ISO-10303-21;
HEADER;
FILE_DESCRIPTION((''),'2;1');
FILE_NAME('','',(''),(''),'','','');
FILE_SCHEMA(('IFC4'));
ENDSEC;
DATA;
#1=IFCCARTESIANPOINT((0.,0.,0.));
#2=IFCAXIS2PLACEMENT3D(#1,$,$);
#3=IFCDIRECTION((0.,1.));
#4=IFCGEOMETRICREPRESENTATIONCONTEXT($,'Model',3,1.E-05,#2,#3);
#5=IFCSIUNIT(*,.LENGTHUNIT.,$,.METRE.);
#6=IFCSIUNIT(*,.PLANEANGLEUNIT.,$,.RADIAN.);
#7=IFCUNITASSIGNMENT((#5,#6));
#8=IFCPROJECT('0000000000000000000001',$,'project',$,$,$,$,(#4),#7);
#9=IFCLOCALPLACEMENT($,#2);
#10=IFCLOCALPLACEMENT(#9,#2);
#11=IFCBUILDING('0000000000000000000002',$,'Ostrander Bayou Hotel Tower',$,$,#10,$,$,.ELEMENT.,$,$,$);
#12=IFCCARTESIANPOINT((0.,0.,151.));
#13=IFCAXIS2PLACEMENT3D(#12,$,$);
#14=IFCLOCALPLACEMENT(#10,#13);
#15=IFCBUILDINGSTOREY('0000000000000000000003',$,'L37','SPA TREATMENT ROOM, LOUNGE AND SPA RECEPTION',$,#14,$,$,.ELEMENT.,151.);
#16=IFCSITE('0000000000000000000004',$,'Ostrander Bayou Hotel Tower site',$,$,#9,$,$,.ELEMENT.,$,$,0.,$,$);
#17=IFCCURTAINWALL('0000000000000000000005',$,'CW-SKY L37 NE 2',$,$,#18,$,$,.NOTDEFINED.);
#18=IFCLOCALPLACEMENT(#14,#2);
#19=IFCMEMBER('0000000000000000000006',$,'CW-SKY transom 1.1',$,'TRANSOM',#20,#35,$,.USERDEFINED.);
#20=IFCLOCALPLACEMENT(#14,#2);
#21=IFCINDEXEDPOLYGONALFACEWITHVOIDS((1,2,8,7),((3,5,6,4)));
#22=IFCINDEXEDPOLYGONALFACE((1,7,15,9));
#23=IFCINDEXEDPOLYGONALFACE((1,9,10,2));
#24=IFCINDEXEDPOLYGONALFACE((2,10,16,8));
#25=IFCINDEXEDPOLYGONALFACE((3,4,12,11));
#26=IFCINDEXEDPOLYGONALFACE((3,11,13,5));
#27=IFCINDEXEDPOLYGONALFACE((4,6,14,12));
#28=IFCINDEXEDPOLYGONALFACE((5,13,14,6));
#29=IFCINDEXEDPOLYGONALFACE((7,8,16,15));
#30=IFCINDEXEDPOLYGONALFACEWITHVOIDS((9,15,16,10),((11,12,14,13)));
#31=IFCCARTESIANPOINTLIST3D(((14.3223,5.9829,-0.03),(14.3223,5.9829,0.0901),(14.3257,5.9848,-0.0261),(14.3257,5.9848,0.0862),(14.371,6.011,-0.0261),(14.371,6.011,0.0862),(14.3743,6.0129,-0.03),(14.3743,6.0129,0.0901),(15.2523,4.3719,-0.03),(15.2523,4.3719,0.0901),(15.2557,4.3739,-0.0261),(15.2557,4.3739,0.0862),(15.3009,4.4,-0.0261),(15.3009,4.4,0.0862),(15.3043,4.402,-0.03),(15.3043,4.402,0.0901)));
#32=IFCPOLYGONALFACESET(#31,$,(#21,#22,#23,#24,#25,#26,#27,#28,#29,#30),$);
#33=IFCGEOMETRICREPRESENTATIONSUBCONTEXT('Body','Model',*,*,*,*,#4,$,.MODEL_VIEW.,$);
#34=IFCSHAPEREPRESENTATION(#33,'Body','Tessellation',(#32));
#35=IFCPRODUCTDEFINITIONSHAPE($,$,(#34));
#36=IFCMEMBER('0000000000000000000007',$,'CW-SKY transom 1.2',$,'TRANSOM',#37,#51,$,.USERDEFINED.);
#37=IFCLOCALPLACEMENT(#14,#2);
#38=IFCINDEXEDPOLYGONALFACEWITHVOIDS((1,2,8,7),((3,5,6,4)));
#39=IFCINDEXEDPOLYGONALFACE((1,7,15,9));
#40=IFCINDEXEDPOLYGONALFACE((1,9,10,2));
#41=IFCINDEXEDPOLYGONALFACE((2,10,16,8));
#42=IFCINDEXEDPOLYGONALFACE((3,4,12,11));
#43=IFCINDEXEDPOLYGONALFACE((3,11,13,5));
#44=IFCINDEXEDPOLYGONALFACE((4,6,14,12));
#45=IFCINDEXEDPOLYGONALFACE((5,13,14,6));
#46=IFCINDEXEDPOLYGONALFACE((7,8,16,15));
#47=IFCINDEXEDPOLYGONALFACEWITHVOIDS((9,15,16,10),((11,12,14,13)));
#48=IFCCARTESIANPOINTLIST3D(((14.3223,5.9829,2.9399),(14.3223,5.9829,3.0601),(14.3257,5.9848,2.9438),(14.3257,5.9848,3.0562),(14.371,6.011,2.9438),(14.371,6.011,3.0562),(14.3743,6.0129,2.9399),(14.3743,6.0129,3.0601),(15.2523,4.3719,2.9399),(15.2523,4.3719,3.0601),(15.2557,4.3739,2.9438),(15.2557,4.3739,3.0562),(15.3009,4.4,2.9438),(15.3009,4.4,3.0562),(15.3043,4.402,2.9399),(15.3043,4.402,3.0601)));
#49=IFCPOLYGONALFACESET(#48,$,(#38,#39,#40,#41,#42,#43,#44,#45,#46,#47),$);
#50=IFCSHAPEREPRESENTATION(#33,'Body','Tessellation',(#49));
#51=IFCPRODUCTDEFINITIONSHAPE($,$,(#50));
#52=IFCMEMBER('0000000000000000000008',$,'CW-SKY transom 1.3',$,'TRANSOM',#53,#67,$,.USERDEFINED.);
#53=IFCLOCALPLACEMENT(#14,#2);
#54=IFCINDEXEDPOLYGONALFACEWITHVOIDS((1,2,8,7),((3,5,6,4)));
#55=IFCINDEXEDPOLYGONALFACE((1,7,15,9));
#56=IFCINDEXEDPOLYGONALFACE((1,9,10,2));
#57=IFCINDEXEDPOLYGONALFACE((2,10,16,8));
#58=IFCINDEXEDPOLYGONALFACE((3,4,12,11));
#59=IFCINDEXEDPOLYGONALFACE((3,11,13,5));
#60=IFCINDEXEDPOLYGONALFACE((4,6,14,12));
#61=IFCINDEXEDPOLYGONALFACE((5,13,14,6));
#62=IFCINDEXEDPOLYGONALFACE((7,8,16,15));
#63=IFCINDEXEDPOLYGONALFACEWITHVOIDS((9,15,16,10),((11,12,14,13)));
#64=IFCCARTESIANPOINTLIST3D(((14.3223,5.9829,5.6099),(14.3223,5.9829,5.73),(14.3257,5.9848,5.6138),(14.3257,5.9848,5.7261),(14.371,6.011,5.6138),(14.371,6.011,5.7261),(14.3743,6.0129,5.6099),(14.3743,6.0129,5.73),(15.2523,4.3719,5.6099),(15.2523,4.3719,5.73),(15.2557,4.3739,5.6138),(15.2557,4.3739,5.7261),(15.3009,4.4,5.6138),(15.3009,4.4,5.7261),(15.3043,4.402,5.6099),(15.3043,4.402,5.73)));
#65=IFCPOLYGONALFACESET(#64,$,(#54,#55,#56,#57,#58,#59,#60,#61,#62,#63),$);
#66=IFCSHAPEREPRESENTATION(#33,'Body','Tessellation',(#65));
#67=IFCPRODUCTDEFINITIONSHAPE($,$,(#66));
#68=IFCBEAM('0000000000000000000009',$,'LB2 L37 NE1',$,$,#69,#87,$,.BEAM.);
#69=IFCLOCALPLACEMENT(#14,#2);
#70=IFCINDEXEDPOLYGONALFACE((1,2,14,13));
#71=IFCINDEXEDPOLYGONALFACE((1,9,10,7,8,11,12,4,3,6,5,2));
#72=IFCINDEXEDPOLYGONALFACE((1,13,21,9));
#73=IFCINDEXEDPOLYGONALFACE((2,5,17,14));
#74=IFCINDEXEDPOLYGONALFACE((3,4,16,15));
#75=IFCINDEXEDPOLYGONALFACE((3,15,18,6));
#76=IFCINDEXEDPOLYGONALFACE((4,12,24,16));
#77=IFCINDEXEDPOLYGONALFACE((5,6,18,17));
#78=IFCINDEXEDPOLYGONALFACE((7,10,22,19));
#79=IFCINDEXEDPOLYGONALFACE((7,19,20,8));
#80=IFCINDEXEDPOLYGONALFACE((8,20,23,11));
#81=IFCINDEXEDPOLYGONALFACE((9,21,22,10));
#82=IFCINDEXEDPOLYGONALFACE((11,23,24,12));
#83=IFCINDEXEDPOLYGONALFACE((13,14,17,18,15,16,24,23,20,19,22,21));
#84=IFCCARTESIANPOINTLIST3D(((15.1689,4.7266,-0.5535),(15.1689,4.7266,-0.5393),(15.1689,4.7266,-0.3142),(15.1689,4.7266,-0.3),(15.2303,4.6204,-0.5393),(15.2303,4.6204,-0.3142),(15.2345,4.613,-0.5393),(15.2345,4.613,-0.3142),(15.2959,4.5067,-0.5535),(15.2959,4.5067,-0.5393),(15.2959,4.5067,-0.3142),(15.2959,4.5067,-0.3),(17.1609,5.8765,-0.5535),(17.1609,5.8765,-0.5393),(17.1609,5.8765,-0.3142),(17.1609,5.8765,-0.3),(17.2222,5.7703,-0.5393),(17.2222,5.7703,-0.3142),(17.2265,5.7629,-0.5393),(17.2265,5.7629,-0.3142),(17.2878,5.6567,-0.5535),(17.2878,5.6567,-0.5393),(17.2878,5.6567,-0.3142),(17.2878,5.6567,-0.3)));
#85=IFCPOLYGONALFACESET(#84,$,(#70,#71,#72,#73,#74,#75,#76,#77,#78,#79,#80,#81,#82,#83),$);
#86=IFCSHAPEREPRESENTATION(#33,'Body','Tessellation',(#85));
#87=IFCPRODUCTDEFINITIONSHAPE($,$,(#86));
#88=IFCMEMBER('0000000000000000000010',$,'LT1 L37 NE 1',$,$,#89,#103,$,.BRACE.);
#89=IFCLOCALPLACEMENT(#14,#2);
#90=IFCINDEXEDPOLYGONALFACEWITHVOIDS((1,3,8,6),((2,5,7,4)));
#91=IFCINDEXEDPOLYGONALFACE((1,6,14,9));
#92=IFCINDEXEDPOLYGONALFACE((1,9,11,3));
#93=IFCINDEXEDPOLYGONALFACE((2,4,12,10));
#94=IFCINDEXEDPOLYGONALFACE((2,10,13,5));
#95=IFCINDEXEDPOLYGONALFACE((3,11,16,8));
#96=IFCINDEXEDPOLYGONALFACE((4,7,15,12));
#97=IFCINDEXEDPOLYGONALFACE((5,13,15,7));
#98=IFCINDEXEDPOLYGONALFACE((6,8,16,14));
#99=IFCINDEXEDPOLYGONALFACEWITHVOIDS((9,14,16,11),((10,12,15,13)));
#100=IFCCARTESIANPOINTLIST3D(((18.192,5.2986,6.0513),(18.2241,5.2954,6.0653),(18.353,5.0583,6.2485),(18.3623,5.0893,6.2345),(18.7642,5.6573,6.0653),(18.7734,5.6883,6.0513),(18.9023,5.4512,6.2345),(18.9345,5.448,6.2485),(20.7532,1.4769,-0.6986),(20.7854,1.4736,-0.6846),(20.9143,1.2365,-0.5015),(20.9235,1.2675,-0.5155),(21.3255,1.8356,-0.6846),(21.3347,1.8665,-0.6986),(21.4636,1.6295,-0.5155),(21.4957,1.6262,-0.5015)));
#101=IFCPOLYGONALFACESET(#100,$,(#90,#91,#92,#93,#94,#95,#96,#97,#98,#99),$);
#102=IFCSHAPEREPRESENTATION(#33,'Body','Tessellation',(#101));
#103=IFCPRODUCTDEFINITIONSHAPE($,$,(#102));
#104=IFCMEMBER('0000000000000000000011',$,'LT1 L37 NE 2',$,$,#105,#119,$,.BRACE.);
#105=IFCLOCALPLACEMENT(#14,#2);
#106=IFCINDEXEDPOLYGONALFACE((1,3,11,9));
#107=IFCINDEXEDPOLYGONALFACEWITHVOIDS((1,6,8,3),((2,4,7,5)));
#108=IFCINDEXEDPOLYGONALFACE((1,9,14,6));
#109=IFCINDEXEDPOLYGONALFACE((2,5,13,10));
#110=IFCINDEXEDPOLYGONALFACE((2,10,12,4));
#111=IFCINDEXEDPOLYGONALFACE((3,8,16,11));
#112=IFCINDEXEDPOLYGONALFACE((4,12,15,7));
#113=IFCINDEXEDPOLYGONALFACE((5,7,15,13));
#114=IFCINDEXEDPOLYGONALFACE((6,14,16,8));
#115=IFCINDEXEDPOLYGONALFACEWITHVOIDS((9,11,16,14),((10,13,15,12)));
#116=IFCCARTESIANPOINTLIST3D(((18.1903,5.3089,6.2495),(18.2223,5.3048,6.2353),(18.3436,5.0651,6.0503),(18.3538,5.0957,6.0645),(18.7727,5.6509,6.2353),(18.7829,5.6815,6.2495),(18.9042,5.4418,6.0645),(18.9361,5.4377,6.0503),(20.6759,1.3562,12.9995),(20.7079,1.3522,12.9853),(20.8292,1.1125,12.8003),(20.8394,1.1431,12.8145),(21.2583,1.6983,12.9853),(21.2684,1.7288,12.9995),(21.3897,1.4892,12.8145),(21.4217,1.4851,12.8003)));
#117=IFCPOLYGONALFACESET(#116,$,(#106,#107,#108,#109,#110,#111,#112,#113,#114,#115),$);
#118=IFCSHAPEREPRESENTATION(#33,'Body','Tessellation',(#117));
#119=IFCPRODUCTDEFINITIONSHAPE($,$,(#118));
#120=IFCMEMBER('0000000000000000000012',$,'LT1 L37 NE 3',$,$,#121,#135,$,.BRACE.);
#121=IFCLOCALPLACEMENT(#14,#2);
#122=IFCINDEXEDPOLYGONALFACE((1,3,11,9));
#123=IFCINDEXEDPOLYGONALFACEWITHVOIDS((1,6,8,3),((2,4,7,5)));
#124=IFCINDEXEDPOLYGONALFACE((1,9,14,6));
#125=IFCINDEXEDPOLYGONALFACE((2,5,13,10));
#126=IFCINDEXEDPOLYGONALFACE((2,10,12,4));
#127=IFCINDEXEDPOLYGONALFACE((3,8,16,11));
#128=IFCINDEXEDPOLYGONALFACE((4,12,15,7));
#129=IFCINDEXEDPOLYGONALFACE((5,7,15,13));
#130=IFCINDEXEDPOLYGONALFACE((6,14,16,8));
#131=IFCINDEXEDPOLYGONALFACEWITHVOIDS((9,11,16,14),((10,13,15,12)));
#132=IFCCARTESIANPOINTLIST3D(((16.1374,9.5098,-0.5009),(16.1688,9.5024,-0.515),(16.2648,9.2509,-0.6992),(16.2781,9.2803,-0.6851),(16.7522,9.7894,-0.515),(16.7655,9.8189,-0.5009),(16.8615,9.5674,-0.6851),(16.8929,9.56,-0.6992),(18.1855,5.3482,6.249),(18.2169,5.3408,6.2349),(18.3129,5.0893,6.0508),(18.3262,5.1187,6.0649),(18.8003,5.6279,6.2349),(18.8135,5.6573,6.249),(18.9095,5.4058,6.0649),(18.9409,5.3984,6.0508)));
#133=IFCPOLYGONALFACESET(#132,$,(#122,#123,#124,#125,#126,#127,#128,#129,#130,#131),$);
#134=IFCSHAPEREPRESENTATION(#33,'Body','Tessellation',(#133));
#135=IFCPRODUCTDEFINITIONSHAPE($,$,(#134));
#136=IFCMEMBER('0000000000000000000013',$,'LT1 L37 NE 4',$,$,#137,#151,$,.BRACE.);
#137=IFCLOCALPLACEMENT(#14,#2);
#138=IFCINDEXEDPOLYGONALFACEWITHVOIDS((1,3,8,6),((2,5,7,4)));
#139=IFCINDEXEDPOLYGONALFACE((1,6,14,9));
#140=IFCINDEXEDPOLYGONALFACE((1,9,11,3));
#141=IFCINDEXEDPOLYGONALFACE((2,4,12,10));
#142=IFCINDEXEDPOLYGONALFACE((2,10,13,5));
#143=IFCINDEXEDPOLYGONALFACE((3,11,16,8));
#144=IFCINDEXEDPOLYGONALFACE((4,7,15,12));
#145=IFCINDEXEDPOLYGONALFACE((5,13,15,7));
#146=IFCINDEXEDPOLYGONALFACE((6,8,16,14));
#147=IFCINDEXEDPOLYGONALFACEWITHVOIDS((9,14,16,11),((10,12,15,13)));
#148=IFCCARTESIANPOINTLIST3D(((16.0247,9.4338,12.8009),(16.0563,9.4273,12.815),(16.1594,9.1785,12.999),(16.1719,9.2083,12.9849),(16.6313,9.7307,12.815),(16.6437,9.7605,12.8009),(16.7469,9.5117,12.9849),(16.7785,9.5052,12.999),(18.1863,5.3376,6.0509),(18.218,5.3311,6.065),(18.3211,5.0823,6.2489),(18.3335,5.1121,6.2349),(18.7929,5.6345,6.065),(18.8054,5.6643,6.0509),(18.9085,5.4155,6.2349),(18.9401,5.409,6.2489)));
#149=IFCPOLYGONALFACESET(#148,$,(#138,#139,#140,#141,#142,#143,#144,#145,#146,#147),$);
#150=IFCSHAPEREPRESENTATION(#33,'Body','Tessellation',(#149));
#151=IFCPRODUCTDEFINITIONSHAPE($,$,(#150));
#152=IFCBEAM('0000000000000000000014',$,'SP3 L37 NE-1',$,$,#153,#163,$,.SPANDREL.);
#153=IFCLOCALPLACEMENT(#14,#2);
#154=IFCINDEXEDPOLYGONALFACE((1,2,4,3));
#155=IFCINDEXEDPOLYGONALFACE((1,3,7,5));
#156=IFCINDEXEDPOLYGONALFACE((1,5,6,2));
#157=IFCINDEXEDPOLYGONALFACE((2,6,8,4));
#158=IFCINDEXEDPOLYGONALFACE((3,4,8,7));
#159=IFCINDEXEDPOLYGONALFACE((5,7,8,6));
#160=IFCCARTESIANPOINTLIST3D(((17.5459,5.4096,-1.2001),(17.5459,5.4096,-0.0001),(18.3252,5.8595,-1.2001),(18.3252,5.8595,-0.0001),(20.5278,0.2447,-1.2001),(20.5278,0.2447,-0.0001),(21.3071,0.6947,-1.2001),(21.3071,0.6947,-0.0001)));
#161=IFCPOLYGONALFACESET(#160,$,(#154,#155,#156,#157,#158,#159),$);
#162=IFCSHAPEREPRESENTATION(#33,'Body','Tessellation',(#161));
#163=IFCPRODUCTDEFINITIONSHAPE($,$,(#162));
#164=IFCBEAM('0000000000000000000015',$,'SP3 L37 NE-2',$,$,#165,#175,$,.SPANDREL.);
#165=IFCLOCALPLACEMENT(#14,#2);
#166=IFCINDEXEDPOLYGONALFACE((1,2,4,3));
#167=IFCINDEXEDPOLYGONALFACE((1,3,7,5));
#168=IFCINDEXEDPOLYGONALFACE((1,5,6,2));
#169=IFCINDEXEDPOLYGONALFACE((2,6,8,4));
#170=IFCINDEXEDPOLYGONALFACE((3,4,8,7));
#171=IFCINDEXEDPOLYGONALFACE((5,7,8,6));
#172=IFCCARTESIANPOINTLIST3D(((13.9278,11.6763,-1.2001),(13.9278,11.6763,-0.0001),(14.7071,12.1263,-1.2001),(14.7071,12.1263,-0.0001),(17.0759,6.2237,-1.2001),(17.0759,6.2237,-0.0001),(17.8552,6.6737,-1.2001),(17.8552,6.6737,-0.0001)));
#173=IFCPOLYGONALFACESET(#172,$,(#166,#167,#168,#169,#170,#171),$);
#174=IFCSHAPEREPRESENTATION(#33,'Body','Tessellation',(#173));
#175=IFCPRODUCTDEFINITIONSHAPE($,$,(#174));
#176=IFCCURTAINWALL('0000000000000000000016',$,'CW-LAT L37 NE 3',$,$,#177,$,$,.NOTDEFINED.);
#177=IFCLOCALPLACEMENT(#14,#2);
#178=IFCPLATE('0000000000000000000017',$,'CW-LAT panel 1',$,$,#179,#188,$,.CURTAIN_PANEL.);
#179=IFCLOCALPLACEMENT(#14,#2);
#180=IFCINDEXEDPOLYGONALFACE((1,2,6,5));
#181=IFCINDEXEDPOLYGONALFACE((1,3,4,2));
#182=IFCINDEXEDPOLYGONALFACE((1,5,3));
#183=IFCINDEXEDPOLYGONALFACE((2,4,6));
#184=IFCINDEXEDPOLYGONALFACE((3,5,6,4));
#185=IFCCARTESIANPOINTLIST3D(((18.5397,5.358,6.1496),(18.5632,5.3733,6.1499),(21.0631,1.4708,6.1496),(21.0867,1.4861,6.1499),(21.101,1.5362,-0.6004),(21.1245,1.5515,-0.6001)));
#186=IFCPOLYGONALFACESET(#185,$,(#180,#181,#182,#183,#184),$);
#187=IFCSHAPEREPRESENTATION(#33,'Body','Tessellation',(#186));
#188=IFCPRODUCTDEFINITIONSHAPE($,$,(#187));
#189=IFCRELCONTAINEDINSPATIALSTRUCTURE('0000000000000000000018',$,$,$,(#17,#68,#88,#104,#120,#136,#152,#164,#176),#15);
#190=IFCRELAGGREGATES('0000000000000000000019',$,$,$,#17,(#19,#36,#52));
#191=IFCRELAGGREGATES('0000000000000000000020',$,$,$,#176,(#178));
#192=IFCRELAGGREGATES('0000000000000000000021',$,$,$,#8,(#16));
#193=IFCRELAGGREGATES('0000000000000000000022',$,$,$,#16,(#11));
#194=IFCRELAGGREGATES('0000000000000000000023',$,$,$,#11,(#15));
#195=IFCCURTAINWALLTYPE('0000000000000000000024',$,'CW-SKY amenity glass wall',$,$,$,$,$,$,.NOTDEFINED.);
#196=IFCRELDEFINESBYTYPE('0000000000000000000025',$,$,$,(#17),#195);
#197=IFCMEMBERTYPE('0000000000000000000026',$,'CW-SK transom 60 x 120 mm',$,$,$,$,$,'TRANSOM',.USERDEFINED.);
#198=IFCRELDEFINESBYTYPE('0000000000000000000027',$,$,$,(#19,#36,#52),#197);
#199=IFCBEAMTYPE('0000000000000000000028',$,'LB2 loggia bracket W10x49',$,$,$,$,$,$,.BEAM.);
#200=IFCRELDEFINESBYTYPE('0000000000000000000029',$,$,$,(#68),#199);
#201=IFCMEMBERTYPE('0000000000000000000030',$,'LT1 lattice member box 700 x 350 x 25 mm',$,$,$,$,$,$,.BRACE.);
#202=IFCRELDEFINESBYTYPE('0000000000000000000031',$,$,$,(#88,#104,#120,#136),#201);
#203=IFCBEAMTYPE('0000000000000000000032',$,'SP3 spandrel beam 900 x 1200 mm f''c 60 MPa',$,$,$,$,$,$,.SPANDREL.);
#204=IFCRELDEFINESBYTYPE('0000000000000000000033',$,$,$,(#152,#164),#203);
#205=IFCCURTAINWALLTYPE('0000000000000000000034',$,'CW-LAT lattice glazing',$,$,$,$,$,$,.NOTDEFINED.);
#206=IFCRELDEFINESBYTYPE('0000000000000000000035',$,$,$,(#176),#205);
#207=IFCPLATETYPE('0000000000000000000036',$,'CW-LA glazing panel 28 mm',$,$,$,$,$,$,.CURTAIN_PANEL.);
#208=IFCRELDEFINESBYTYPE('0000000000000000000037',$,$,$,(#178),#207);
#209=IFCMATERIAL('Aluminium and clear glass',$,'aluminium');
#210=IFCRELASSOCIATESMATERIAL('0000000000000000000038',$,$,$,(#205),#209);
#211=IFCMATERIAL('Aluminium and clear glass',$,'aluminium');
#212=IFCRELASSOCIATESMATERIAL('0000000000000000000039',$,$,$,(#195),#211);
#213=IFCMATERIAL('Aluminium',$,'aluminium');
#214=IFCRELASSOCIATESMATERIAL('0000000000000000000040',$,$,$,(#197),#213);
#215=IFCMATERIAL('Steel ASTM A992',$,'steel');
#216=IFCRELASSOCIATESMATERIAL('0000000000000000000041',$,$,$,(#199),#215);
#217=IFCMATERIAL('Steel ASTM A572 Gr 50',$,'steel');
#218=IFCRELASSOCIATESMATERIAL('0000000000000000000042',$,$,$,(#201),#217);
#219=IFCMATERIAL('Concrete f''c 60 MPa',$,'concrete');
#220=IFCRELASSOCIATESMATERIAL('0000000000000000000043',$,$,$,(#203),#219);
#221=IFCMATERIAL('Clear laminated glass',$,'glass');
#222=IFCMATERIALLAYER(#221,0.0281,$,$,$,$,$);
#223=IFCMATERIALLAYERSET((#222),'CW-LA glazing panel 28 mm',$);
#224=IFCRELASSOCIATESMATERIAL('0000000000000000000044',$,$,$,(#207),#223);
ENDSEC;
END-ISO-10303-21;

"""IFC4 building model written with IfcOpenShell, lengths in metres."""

from ifc_helpers import new_model, si_unit, direction, frame, origin, origin_2d, place, context, subcontext, project, spatial, polyline, rectangle, hollow_rectangle, i_section, outline, extrude, material, layer, layer_set, material_profile, profile_set, type_object, element, aggregate, save


model = new_model("IFC4")

# Units and contexts
model_context = context("Model", 3, precision=1e-05, world=origin(), true_north=direction((0.0, 1.0)))
body_context = subcontext(model_context, "Body", "Model", "MODEL_VIEW")
ifc_project = project(units=[si_unit("LENGTHUNIT", "METRE"), si_unit("PLANEANGLEUNIT", "RADIAN")], contexts=[model_context])

# Site, building, storey
site_placement = place(None, origin())
site = spatial("IfcSite", under=ifc_project, at=site_placement, Name="Ostrander Bayou Hotel Tower site", CompositionType="ELEMENT", RefElevation=0.0)
building_placement = place(site_placement, origin())
building = spatial("IfcBuilding", under=site, at=building_placement, Name="Ostrander Bayou Hotel Tower", CompositionType="ELEMENT")
storey_placement = place(building_placement, frame((0.0, 0.0, 151.0)))
storey = spatial("IfcBuildingStorey", under=building, at=storey_placement, Name="L37", Description="SPA TREATMENT ROOM, LOUNGE AND SPA RECEPTION", CompositionType="ELEMENT", Elevation=151.0)

# Shared definitions
ifc_material_1 = material(Name="Aluminium and clear glass", Category="aluminium")
curtain_wall_type_1 = type_object("IfcCurtainWallType", Name="CW-LAT lattice glazing", PredefinedType="NOTDEFINED", material=ifc_material_1)

# Curtain wall, members
ifc_material_2 = material(Name="Aluminium and clear glass", Category="aluminium")
curtain_wall_type_2 = type_object("IfcCurtainWallType", Name="CW-SKY amenity glass wall", PredefinedType="NOTDEFINED", material=ifc_material_2)
curtain_wall_1_placement = place(storey_placement, origin())
curtain_wall_1 = element("IfcCurtainWall", 1, at=curtain_wall_1_placement, inside=storey, type_object=curtain_wall_type_2, Name="CW-SKY L37 NE 2", PredefinedType="NOTDEFINED")
ifc_material_3 = material(Name="Aluminium", Category="aluminium")
ifc_material_profile_1 = material_profile(ifc_material_3, hollow_rectangle(XDim=0.0601, YDim=0.1201, WallThickness=0.0039, at=origin_2d()))
ifc_profile_set_1 = profile_set([ifc_material_profile_1], Name="Aluminium")
member_type_1 = type_object("IfcMemberType", Name="CW-SK transom 60 x 120 mm", ElementType="TRANSOM", PredefinedType="USERDEFINED", material=ifc_profile_set_1)
member_1_placement = place(storey_placement, frame((15.2783, 4.387, 0.03), z_axis=(-0.499965, 0.866046, 0.0), x_axis=(-0.866046, -0.499965, 0.0)))
member_1 = element("IfcMember", 2, at=member_1_placement, type_object=member_type_1, Name="CW-SKY transom 1.1", ObjectType="TRANSOM", PredefinedType="USERDEFINED", context=body_context, shape_type="SweptSolid", body=[
    extrude(hollow_rectangle(XDim=0.0601, YDim=0.1201, WallThickness=0.0039, at=origin_2d()), origin(), (0.0, 0.0, 1.0), 1.8601),
])
member_2_placement = place(storey_placement, frame((15.2783, 4.387, 3.0), z_axis=(-0.499965, 0.866046, 0.0), x_axis=(-0.866046, -0.499965, 0.0)))
member_2 = element("IfcMember", 3, at=member_2_placement, type_object=member_type_1, Name="CW-SKY transom 1.2", ObjectType="TRANSOM", PredefinedType="USERDEFINED", context=body_context, shape_type="SweptSolid", body=[
    extrude(hollow_rectangle(XDim=0.0601, YDim=0.1201, WallThickness=0.0039, at=origin_2d()), origin(), (0.0, 0.0, 1.0), 1.8601),
])
member_3_placement = place(storey_placement, frame((15.2783, 4.387, 5.6699), z_axis=(-0.499965, 0.866046, 0.0), x_axis=(-0.866046, -0.499965, 0.0)))
member_3 = element("IfcMember", 4, at=member_3_placement, type_object=member_type_1, Name="CW-SKY transom 1.3", ObjectType="TRANSOM", PredefinedType="USERDEFINED", context=body_context, shape_type="SweptSolid", body=[
    extrude(hollow_rectangle(XDim=0.0601, YDim=0.1201, WallThickness=0.0039, at=origin_2d()), origin(), (0.0, 0.0, 1.0), 1.8601),
])
aggregate(curtain_wall_1, [member_1, member_2, member_3])

# Beam
ifc_material_4 = material(Name="Steel ASTM A992", Category="steel")
ifc_material_profile_2 = material_profile(ifc_material_4, i_section(OverallWidth=0.2539, OverallDepth=0.2534, WebThickness=0.0085, FlangeThickness=0.0142, at=origin_2d()))
ifc_profile_set_2 = profile_set([ifc_material_profile_2], Name="Steel ASTM A992")
beam_type_1 = type_object("IfcBeamType", Name="LB2 loggia bracket W10x49", PredefinedType="BEAM", material=ifc_profile_set_2)
beam_1_placement = place(storey_placement, frame((17.2244, 5.7666, -0.4268), z_axis=(-0.866053, -0.499952, 0.0), x_axis=(0.499952, -0.866053, 0.0)))
element("IfcBeam", 5, at=beam_1_placement, inside=storey, type_object=beam_type_1, Name="LB2 L37 NE1", PredefinedType="BEAM", context=body_context, shape_type="SweptSolid", body=[
    extrude(i_section(OverallWidth=0.2539, OverallDepth=0.2534, WebThickness=0.0085, FlangeThickness=0.0142, at=origin_2d()), origin(), (0.0, 0.0, 1.0), 2.3),
])

# Members
ifc_material_5 = material(Name="Steel ASTM A572 Gr 50", Category="steel")
ifc_material_profile_3 = material_profile(ifc_material_5, hollow_rectangle(XDim=0.7, YDim=0.3501, WallThickness=0.0249, at=origin_2d()))
ifc_profile_set_3 = profile_set([ifc_material_profile_3], Name="Steel ASTM A572 Gr 50")
member_type_2 = type_object("IfcMemberType", Name="LT1 lattice member box 700 x 350 x 25 mm", PredefinedType="BRACE", material=ifc_profile_set_3)
member_4_placement = place(storey_placement, frame((18.5632, 5.3733, 6.1499), z_axis=(0.313546, -0.467853, -0.826319), x_axis=(0.830701, 0.556719, 0.0)))
element("IfcMember", 6, at=member_4_placement, inside=storey, type_object=member_type_2, Name="LT1 L37 NE 1", PredefinedType="BRACE", context=body_context, shape_type="SweptSolid", body=[
    extrude(hollow_rectangle(XDim=0.7, YDim=0.3501, WallThickness=0.0249, at=origin_2d()), origin(), (0.0, 0.0, 1.0), 8.1687),
])
member_5_placement = place(storey_placement, frame((18.5632, 5.3733, 6.1499), z_axis=(0.302842, -0.481585, 0.822413), x_axis=(0.846532, 0.532338, 0.0)))
element("IfcMember", 7, at=member_5_placement, inside=storey, type_object=member_type_2, Name="LT1 L37 NE 2", PredefinedType="BRACE", context=body_context, shape_type="SweptSolid", body=[
    extrude(hollow_rectangle(XDim=0.7, YDim=0.3501, WallThickness=0.0249, at=origin_2d()), origin(), (0.0, 0.0, 1.0), 8.2075),
])
member_6_placement = place(storey_placement, frame((18.5632, 5.3733, 6.1499), z_axis=(-0.250072, 0.508134, -0.824175), x_axis=(-0.897231, -0.441562, 0.0)))
element("IfcMember", 8, at=member_6_placement, inside=storey, type_object=member_type_2, Name="LT1 L37 NE 3", PredefinedType="BRACE", context=body_context, shape_type="SweptSolid", body=[
    extrude(hollow_rectangle(XDim=0.7, YDim=0.3501, WallThickness=0.0249, at=origin_2d()), origin(), (0.0, 0.0, 1.0), 8.1899),
])
member_7_placement = place(storey_placement, frame((18.5632, 5.3733, 6.1499), z_axis=(-0.264057, 0.500378, 0.824558), x_axis=(-0.884408, -0.466715, 0.0)))
element("IfcMember", 9, at=member_7_placement, inside=storey, type_object=member_type_2, Name="LT1 L37 NE 4", PredefinedType="BRACE", context=body_context, shape_type="SweptSolid", body=[
    extrude(hollow_rectangle(XDim=0.7, YDim=0.3501, WallThickness=0.0249, at=origin_2d()), origin(), (0.0, 0.0, 1.0), 8.1863),
])

# Beams
ifc_material_6 = material(Name="Concrete f'c 60 MPa", Category="concrete")
ifc_material_profile_4 = material_profile(ifc_material_6, rectangle(XDim=0.8999, YDim=1.2, at=origin_2d()))
ifc_profile_set_4 = profile_set([ifc_material_profile_4], Name="Concrete f'c 60 MPa")
beam_type_2 = type_object("IfcBeamType", Name="SP3 spandrel beam 900 x 1200 mm f'c 60 MPa", PredefinedType="SPANDREL", material=ifc_profile_set_4)
beam_2_placement = place(storey_placement, frame((20.9175, 0.4697, -0.6001), z_axis=(-0.500005, 0.866023, 0.0), x_axis=(-0.866023, -0.500005, 0.0)))
element("IfcBeam", 10, at=beam_2_placement, inside=storey, type_object=beam_type_2, Name="SP3 L37 NE-1", PredefinedType="SPANDREL", context=body_context, shape_type="SweptSolid", body=[
    extrude(rectangle(XDim=0.8999, YDim=1.2, at=origin_2d()), origin(), (0.0, 0.0, 1.0), 5.9639),
])
beam_3_placement = place(storey_placement, frame((17.4656, 6.4487, -0.6001), z_axis=(-0.500013, 0.866018, 0.0), x_axis=(-0.866018, -0.500013, 0.0)))
element("IfcBeam", 11, at=beam_3_placement, inside=storey, type_object=beam_type_2, Name="SP3 L37 NE-2", PredefinedType="SPANDREL", context=body_context, shape_type="SweptSolid", body=[
    extrude(rectangle(XDim=0.8999, YDim=1.2, at=origin_2d()), origin(), (0.0, 0.0, 1.0), 6.2961),
])

# Curtain wall, plate
curtain_wall_2_placement = place(storey_placement, origin())
curtain_wall_2 = element("IfcCurtainWall", 12, at=curtain_wall_2_placement, inside=storey, type_object=curtain_wall_type_1, Name="CW-LAT L37 NE 3", PredefinedType="NOTDEFINED")
ifc_material_7 = material(Name="Clear laminated glass", Category="glass")
ifc_layer_1 = layer(ifc_material_7, 0.0281)
ifc_layer_set_1 = layer_set([ifc_layer_1], Name="CW-LA glazing panel 28 mm")
plate_type = type_object("IfcPlateType", Name="CW-LA glazing panel 28 mm", PredefinedType="CURTAIN_PANEL", material=ifc_layer_set_1)
plate_1_placement = place(storey_placement, frame((18.5632, 5.3733, 6.1499), z_axis=(0.838722, 0.544469, 0.00998), x_axis=(0.313546, -0.467853, -0.826319)))
plate_1 = element("IfcPlate", 13, at=plate_1_placement, type_object=plate_type, Name="CW-LAT panel 1", PredefinedType="CURTAIN_PANEL", context=body_context, shape_type="SweptSolid", body=[
    extrude(outline(polyline([(0.0, 0.0), (8.1688, 0.0), (2.6099, -3.8297), (0.0, 0.0)])), origin(), (0.0, 0.0, -1.0), 0.0281),
])
aggregate(curtain_wall_2, [plate_1])

save(model, "model.ifc")
